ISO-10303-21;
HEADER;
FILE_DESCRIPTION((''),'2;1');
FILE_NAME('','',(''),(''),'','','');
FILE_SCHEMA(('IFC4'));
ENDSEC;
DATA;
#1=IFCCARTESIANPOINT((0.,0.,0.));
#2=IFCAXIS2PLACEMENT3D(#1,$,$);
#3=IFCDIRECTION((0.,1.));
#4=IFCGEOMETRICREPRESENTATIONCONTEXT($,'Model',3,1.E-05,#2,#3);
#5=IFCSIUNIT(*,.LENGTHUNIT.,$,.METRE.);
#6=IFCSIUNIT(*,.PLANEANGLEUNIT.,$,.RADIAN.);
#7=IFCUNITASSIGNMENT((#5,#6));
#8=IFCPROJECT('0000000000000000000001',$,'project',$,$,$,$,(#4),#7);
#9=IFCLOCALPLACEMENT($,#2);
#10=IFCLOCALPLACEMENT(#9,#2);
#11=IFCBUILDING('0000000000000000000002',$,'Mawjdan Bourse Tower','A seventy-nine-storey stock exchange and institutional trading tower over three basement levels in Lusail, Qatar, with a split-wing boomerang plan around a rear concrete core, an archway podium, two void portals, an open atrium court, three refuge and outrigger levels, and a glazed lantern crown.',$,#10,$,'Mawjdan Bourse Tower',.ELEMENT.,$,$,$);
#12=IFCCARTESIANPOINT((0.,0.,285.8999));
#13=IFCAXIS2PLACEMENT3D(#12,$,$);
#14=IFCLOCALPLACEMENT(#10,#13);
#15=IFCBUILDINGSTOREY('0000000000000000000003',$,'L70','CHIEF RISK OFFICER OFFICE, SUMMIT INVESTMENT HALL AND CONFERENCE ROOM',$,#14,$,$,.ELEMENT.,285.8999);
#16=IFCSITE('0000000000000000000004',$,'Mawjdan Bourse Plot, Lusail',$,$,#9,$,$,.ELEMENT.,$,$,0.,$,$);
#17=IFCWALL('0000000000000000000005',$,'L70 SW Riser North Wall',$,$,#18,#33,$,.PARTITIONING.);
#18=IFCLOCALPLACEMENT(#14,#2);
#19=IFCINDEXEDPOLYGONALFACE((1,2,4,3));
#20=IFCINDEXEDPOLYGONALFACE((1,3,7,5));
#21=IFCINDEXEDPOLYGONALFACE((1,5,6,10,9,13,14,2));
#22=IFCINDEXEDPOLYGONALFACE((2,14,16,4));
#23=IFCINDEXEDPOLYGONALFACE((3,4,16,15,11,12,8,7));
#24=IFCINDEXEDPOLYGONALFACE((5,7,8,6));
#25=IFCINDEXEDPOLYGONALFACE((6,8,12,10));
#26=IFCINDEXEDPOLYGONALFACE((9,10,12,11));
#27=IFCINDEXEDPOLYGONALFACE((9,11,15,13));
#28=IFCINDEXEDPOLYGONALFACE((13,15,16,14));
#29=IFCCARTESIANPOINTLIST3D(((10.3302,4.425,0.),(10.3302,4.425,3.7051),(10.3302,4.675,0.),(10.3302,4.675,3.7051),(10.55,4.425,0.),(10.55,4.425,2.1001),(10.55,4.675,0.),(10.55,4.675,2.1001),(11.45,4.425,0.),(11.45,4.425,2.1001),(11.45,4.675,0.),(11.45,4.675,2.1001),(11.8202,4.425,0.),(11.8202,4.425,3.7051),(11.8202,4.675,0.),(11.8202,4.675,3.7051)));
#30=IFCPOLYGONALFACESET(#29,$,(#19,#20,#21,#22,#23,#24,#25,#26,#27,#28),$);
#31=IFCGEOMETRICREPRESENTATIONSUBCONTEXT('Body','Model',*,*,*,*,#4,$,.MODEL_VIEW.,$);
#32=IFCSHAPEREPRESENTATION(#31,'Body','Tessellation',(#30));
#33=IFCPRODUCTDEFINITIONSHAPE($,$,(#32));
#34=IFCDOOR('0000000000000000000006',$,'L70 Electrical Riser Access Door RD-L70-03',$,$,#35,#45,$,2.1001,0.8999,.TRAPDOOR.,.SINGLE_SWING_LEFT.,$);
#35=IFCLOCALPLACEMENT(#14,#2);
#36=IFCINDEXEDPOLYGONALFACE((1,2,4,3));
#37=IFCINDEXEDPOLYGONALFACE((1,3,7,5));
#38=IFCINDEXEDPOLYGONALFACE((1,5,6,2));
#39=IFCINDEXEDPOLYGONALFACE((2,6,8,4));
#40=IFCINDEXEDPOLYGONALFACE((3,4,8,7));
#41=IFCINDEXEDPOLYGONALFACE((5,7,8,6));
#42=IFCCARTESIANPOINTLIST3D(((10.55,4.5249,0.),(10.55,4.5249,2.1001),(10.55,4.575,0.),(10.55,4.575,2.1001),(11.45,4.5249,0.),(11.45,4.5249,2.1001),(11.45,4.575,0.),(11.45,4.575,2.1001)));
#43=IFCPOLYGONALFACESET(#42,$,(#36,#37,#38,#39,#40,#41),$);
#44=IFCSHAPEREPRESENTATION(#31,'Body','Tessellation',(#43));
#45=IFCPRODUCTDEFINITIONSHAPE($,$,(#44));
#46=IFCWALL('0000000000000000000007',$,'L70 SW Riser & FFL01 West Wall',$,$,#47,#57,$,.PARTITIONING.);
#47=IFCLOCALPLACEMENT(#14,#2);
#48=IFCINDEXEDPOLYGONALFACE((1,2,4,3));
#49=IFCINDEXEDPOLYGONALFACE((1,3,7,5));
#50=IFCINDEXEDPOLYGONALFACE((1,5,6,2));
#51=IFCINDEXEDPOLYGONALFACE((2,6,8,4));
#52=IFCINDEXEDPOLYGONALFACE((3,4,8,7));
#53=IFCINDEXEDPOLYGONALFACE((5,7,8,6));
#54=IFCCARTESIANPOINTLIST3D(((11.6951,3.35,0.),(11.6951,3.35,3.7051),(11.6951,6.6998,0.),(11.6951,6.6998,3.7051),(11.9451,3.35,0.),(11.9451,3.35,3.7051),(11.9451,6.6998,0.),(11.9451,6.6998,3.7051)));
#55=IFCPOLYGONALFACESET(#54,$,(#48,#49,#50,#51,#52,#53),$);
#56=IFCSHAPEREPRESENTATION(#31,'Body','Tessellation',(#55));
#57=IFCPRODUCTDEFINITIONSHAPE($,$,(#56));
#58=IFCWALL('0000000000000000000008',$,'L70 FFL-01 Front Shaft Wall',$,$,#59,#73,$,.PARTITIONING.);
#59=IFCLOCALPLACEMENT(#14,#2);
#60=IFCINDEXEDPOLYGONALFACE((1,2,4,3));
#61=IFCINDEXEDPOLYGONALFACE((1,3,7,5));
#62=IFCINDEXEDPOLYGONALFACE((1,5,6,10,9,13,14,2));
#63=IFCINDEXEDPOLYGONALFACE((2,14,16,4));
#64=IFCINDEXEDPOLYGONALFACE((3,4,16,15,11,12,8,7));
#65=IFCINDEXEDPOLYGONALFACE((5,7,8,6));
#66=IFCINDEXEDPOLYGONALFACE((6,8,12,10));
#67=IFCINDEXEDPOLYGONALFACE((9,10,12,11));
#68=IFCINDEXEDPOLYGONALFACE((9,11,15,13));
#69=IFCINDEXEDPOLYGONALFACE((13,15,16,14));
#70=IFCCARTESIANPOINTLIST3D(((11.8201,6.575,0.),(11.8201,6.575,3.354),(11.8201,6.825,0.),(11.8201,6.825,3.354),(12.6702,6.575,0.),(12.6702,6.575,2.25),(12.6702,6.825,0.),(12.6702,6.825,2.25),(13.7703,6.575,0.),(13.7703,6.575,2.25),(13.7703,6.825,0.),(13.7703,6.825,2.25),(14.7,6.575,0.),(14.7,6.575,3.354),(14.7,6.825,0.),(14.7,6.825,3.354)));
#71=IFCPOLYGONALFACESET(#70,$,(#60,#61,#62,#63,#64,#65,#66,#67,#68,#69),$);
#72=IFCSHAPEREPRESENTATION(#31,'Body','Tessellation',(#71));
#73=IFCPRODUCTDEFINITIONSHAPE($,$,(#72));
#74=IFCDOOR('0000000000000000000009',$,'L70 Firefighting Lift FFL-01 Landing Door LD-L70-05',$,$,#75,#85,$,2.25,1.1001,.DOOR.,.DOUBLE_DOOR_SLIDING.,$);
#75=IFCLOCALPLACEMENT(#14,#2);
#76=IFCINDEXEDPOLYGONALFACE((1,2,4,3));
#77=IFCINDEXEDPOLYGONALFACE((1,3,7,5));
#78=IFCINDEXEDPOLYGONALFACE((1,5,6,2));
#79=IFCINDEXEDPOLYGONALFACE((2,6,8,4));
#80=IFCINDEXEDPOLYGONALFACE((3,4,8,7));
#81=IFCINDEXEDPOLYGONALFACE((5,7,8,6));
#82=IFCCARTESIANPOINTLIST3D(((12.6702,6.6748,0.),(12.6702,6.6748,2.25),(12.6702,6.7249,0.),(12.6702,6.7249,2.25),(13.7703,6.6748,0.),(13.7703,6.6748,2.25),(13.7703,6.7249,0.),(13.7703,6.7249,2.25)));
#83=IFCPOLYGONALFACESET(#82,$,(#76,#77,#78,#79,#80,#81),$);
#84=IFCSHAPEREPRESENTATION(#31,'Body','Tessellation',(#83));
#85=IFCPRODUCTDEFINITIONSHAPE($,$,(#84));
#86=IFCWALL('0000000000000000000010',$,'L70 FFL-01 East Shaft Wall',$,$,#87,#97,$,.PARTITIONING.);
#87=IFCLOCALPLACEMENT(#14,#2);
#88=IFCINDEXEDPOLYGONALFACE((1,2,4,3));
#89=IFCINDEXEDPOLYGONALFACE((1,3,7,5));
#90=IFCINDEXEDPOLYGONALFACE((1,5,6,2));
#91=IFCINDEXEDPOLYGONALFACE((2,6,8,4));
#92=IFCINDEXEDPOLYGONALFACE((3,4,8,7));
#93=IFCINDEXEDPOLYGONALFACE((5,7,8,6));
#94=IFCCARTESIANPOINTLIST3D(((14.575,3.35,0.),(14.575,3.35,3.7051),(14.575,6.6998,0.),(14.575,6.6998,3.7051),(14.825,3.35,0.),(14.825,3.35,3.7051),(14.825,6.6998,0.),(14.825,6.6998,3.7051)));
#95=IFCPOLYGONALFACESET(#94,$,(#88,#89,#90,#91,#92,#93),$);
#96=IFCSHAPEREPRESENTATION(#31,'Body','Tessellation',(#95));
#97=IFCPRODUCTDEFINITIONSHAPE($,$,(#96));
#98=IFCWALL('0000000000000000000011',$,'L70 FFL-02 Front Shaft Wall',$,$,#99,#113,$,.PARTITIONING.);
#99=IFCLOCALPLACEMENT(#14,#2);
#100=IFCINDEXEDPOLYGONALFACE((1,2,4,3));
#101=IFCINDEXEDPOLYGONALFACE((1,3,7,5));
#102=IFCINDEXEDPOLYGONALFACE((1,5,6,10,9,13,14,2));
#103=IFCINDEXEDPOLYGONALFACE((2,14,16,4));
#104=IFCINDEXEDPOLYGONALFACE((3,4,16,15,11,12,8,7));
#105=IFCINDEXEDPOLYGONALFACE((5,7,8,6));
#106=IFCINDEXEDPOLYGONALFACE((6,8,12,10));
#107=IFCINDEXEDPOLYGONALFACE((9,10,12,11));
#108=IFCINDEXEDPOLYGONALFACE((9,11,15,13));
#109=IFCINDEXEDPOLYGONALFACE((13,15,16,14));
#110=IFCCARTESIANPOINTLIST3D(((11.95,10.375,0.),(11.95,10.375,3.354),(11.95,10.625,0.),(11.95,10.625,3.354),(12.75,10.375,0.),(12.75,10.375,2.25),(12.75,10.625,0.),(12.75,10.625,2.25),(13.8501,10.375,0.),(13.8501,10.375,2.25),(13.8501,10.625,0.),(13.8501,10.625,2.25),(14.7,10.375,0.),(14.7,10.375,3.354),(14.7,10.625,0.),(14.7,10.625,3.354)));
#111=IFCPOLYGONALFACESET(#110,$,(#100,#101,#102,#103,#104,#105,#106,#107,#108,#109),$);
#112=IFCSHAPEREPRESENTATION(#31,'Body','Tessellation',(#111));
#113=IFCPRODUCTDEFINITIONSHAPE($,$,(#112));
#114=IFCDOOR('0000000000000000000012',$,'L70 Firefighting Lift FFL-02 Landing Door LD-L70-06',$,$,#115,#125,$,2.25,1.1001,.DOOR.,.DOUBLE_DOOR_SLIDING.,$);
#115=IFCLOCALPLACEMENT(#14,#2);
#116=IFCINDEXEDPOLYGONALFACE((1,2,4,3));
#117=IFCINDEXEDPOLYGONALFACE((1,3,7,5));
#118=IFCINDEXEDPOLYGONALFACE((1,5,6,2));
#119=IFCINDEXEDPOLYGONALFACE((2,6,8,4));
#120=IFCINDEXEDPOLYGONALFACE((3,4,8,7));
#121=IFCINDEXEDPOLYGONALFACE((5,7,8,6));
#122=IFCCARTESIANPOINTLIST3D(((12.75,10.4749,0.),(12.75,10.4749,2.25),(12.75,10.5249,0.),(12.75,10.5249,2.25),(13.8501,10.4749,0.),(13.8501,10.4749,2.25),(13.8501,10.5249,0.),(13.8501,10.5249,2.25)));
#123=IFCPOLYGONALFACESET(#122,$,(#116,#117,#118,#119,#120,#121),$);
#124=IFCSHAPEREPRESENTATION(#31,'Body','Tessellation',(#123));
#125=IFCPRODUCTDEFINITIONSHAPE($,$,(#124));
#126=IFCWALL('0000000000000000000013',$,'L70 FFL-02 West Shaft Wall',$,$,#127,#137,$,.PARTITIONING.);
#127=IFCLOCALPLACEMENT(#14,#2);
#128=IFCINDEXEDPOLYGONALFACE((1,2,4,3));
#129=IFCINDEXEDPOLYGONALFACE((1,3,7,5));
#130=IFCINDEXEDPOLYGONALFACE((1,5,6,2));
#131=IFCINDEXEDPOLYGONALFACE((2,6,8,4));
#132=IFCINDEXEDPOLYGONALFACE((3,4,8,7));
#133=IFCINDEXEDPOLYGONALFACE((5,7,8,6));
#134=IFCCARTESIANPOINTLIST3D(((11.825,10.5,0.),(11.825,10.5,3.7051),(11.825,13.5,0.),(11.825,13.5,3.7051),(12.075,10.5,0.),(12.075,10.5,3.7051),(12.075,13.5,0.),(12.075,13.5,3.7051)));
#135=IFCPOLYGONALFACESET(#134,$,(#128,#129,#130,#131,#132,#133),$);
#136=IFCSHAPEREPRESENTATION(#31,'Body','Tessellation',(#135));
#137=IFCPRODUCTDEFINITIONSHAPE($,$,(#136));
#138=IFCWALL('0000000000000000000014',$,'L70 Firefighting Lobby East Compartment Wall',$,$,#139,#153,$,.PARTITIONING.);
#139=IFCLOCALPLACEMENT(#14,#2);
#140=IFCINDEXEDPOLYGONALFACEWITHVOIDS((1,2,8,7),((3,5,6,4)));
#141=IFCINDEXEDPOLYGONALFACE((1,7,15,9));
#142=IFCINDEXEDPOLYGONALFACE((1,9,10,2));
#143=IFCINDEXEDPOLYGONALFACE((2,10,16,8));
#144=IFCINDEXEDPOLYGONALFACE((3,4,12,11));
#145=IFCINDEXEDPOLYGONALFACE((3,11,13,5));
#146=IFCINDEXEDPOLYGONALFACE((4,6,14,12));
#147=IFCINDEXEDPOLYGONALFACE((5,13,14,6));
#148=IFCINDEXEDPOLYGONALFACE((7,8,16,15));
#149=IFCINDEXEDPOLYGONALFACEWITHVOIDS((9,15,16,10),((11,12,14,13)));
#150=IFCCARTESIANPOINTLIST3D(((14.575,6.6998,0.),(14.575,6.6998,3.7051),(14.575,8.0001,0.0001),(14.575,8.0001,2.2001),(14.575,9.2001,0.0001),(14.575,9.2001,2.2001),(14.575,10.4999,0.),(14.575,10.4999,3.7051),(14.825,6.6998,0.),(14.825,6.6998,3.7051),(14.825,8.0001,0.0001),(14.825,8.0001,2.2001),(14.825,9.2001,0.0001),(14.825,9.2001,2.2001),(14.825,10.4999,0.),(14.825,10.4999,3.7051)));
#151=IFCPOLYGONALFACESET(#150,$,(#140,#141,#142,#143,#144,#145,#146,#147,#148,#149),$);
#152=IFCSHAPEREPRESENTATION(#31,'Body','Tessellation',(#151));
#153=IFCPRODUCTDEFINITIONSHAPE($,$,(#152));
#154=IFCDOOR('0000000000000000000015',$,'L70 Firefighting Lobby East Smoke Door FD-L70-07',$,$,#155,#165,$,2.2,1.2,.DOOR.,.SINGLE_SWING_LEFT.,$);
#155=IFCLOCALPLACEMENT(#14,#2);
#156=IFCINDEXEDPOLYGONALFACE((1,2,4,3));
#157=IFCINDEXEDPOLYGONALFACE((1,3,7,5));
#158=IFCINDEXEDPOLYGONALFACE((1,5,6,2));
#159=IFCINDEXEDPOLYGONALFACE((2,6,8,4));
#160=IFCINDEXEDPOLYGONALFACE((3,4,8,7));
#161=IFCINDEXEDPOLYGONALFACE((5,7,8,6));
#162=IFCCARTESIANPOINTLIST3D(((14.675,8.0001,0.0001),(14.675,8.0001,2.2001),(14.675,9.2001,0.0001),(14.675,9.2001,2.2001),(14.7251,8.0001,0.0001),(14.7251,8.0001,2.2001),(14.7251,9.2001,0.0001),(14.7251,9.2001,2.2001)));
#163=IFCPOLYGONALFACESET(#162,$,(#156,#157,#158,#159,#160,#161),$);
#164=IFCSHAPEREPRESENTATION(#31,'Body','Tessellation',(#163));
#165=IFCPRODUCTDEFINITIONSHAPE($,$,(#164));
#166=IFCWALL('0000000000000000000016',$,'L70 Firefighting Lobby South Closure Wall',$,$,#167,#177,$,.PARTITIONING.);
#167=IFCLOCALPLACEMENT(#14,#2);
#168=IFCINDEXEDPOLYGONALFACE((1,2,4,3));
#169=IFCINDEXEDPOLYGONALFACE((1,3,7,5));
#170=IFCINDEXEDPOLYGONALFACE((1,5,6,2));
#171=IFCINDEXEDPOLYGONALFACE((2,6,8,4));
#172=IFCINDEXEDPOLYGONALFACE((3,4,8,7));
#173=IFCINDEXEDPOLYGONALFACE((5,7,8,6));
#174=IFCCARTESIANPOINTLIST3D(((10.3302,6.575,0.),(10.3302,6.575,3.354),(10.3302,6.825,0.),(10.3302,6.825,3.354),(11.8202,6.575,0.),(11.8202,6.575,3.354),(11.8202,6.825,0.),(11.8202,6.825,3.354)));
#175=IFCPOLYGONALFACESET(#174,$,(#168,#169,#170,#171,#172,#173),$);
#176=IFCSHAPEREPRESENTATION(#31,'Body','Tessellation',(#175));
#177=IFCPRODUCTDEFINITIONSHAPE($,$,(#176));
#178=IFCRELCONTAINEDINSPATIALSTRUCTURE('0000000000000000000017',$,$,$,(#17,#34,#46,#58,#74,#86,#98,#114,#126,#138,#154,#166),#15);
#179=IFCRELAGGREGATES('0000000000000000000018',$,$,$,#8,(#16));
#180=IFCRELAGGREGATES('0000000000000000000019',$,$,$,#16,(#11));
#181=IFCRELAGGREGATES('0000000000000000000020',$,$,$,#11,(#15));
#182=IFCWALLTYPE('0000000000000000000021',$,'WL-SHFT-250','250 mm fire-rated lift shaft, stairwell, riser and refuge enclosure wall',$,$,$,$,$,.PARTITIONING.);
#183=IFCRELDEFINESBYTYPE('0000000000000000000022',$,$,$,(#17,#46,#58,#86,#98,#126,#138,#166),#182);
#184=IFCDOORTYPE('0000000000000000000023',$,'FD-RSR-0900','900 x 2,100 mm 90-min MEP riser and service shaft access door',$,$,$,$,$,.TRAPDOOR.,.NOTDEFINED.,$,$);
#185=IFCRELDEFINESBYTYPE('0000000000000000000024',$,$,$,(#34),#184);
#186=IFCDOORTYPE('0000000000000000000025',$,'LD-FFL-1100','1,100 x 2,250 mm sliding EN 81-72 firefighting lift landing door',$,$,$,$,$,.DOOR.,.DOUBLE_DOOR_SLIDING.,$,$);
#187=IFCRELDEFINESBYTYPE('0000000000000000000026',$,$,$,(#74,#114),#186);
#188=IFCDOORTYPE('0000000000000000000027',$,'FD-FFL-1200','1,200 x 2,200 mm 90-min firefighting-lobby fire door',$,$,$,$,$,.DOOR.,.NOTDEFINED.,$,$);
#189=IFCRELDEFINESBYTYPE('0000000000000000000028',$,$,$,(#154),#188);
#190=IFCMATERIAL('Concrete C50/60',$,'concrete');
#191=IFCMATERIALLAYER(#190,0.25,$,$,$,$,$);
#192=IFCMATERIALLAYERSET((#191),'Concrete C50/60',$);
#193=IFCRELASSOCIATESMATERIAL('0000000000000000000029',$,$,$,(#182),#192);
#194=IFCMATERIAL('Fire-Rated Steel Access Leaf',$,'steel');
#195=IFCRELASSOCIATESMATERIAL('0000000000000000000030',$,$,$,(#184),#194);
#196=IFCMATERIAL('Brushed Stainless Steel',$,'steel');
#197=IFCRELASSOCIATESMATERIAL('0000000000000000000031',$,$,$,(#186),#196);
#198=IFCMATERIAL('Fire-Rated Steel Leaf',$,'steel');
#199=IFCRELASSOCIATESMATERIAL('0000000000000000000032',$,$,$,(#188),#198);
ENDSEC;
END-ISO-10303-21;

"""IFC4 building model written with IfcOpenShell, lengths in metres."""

from ifc_helpers import new_model, si_unit, direction, frame, frame_2d, origin, place, context, subcontext, project, spatial, rectangle, extrude, material, layer, layer_set, type_object, element, fill, save


model = new_model("IFC4")

# Units and contexts
model_context = context("Model", 3, precision=1e-05, world=origin(), true_north=direction((0.0, 1.0)))
body_context = subcontext(model_context, "Body", "Model", "MODEL_VIEW")
ifc_project = project(units=[si_unit("LENGTHUNIT", "METRE"), si_unit("PLANEANGLEUNIT", "RADIAN")], contexts=[model_context])

# Site, building, storey
site_placement = place(None, origin())
site = spatial("IfcSite", under=ifc_project, at=site_placement, Name="Mawjdan Bourse Plot, Lusail", CompositionType="ELEMENT", RefElevation=0.0)
building_placement = place(site_placement, origin())
building = spatial("IfcBuilding", under=site, at=building_placement, Name="Mawjdan Bourse Tower", Description="A seventy-nine-storey stock exchange and institutional trading tower over three basement levels in Lusail, Qatar, with a split-wing boomerang plan around a rear concrete core, an archway podium, two void portals, an open atrium court, three refuge and outrigger levels, and a glazed lantern crown.", LongName="Mawjdan Bourse Tower", CompositionType="ELEMENT")
storey_placement = place(building_placement, frame((0.0, 0.0, 285.8999)))
storey = spatial("IfcBuildingStorey", under=building, at=storey_placement, Name="L70", Description="CHIEF RISK OFFICER OFFICE, SUMMIT INVESTMENT HALL AND CONFERENCE ROOM", CompositionType="ELEMENT", Elevation=285.8999)

# Wall, opening, door
ifc_material_1 = material(Name="Concrete C50/60", Category="concrete")
ifc_layer_1 = layer(ifc_material_1, 0.25)
ifc_layer_set_1 = layer_set([ifc_layer_1], Name="Concrete C50/60")
wall_type_1 = type_object("IfcWallType", Name="WL-SHFT-250", Description="250 mm fire-rated lift shaft, stairwell, riser and refuge enclosure wall", PredefinedType="PARTITIONING", material=ifc_layer_set_1)
wall_1_placement = place(storey_placement, frame((10.3301, 4.55, 0.0), z_axis=(0.0, 0.0, 1.0), x_axis=(1.0, 0.0, 0.0)))
wall_1 = element("IfcWall", 1, at=wall_1_placement, inside=storey, type_object=wall_type_1, Name="L70 SW Riser North Wall", PredefinedType="PARTITIONING", context=body_context, shape_type="SweptSolid", body=[
    extrude(rectangle(XDim=1.49, YDim=0.25, at=frame_2d((0.7451, 0.0))), origin(), (0.0, 0.0, 1.0), 3.7051),
])
opening_1_placement = place(wall_1_placement, frame((0.22, 0.0, 0.0)))
opening_1 = element("IfcOpeningElement", 2, at=opening_1_placement, cuts=wall_1, PredefinedType="OPENING", context=body_context, shape_type="SweptSolid", body=[
    extrude(rectangle(XDim=0.8999, YDim=2.1001, at=frame_2d((0.45, 1.05))), frame((0.0, 0.135, 0.0), z_axis=(0.0, -1.0, 0.0), x_axis=(1.0, 0.0, 0.0)), (0.0, 0.0, 1.0), 0.27),
])
ifc_material_2 = material(Name="Fire-Rated Steel Access Leaf", Category="steel")
door_type_1 = type_object("IfcDoorType", Name="FD-RSR-0900", Description="900 x 2,100 mm 90-min MEP riser and service shaft access door", OperationType="NOTDEFINED", PredefinedType="TRAPDOOR", material=ifc_material_2)
door_1_placement = place(opening_1_placement, origin())
door_1 = element("IfcDoor", 3, at=door_1_placement, inside=storey, type_object=door_type_1, Name="L70 Electrical Riser Access Door RD-L70-03", OperationType="SINGLE_SWING_LEFT", OverallHeight=2.1001, OverallWidth=0.8999, PredefinedType="TRAPDOOR", context=body_context, shape_type="SweptSolid", body=[
    extrude(rectangle(XDim=0.8999, YDim=2.1001, at=frame_2d((0.45, 1.05))), frame((0.0, 0.0249, 0.0), z_axis=(0.0, -1.0, 0.0), x_axis=(1.0, 0.0, 0.0)), (0.0, 0.0, 1.0), 0.05),
])
fill(opening_1, door_1)

# Wall
wall_2_placement = place(storey_placement, frame((11.8201, 3.3501, 0.0), z_axis=(0.0, 0.0, 1.0), x_axis=(0.0, 1.0, 0.0)))
element("IfcWall", 4, at=wall_2_placement, inside=storey, type_object=wall_type_1, Name="L70 SW Riser & FFL01 West Wall", PredefinedType="PARTITIONING", context=body_context, shape_type="SweptSolid", body=[
    extrude(rectangle(XDim=3.3499, YDim=0.25, at=frame_2d((1.6748, 0.0))), origin(), (0.0, 0.0, 1.0), 3.7051),
])

# Wall, opening, door
wall_3_placement = place(storey_placement, frame((11.8201, 6.7, 0.0), z_axis=(0.0, 0.0, 1.0), x_axis=(1.0, 0.0, 0.0)))
wall_3 = element("IfcWall", 5, at=wall_3_placement, inside=storey, type_object=wall_type_1, Name="L70 FFL-01 Front Shaft Wall", PredefinedType="PARTITIONING", context=body_context, shape_type="SweptSolid", body=[
    extrude(rectangle(XDim=2.8799, YDim=0.25, at=frame_2d((1.4399, 0.0))), origin(), (0.0, 0.0, 1.0), 3.354),
])
opening_2_placement = place(wall_3_placement, frame((0.8501, 0.0, 0.0)))
opening_2 = element("IfcOpeningElement", 6, at=opening_2_placement, cuts=wall_3, PredefinedType="OPENING", context=body_context, shape_type="SweptSolid", body=[
    extrude(rectangle(XDim=1.1001, YDim=2.25, at=frame_2d((0.55, 1.125))), frame((0.0, 0.135, 0.0), z_axis=(0.0, -1.0, 0.0), x_axis=(1.0, 0.0, 0.0)), (0.0, 0.0, 1.0), 0.27),
])
ifc_material_3 = material(Name="Brushed Stainless Steel", Category="steel")
door_type_2 = type_object("IfcDoorType", Name="LD-FFL-1100", Description="1,100 x 2,250 mm sliding EN 81-72 firefighting lift landing door", OperationType="DOUBLE_DOOR_SLIDING", PredefinedType="DOOR", material=ifc_material_3)
door_2_placement = place(opening_2_placement, origin())
door_2 = element("IfcDoor", 7, at=door_2_placement, inside=storey, type_object=door_type_2, Name="L70 Firefighting Lift FFL-01 Landing Door LD-L70-05", OperationType="DOUBLE_DOOR_SLIDING", OverallHeight=2.25, OverallWidth=1.1001, PredefinedType="DOOR", context=body_context, shape_type="SweptSolid", body=[
    extrude(rectangle(XDim=1.1001, YDim=2.25, at=frame_2d((0.55, 1.125))), frame((0.0, 0.0249, 0.0), z_axis=(0.0, -1.0, 0.0), x_axis=(1.0, 0.0, 0.0)), (0.0, 0.0, 1.0), 0.05),
])
fill(opening_2, door_2)

# Wall
wall_4_placement = place(storey_placement, frame((14.7, 3.3501, 0.0), z_axis=(0.0, 0.0, 1.0), x_axis=(0.0, 1.0, 0.0)))
element("IfcWall", 8, at=wall_4_placement, inside=storey, type_object=wall_type_1, Name="L70 FFL-01 East Shaft Wall", PredefinedType="PARTITIONING", context=body_context, shape_type="SweptSolid", body=[
    extrude(rectangle(XDim=3.3499, YDim=0.25, at=frame_2d((1.6748, 0.0))), origin(), (0.0, 0.0, 1.0), 3.7051),
])

# Wall, opening, door
wall_5_placement = place(storey_placement, frame((11.95, 10.5, 0.0), z_axis=(0.0, 0.0, 1.0), x_axis=(1.0, 0.0, 0.0)))
wall_5 = element("IfcWall", 9, at=wall_5_placement, inside=storey, type_object=wall_type_1, Name="L70 FFL-02 Front Shaft Wall", PredefinedType="PARTITIONING", context=body_context, shape_type="SweptSolid", body=[
    extrude(rectangle(XDim=2.75, YDim=0.25, at=frame_2d((1.375, 0.0))), origin(), (0.0, 0.0, 1.0), 3.354),
])
opening_3_placement = place(wall_5_placement, frame((0.8, 0.0, 0.0)))
opening_3 = element("IfcOpeningElement", 10, at=opening_3_placement, cuts=wall_5, PredefinedType="OPENING", context=body_context, shape_type="SweptSolid", body=[
    extrude(rectangle(XDim=1.1001, YDim=2.25, at=frame_2d((0.55, 1.125))), frame((0.0, 0.135, 0.0), z_axis=(0.0, -1.0, 0.0), x_axis=(1.0, 0.0, 0.0)), (0.0, 0.0, 1.0), 0.27),
])
door_3_placement = place(opening_3_placement, origin())
door_3 = element("IfcDoor", 11, at=door_3_placement, inside=storey, type_object=door_type_2, Name="L70 Firefighting Lift FFL-02 Landing Door LD-L70-06", OperationType="DOUBLE_DOOR_SLIDING", OverallHeight=2.25, OverallWidth=1.1001, PredefinedType="DOOR", context=body_context, shape_type="SweptSolid", body=[
    extrude(rectangle(XDim=1.1001, YDim=2.25, at=frame_2d((0.55, 1.125))), frame((0.0, 0.0249, 0.0), z_axis=(0.0, -1.0, 0.0), x_axis=(1.0, 0.0, 0.0)), (0.0, 0.0, 1.0), 0.05),
])
fill(opening_3, door_3)

# Wall
wall_6_placement = place(storey_placement, frame((11.95, 10.5, 0.0), z_axis=(0.0, 0.0, 1.0), x_axis=(0.0, 1.0, 0.0)))
element("IfcWall", 12, at=wall_6_placement, inside=storey, type_object=wall_type_1, Name="L70 FFL-02 West Shaft Wall", PredefinedType="PARTITIONING", context=body_context, shape_type="SweptSolid", body=[
    extrude(rectangle(XDim=3.0, YDim=0.25, at=frame_2d((1.5, 0.0))), origin(), (0.0, 0.0, 1.0), 3.7051),
])

# Wall, opening, door
wall_7_placement = place(storey_placement, frame((14.7, 6.7, 0.0), z_axis=(0.0, 0.0, 1.0), x_axis=(0.0, 1.0, 0.0)))
wall_7 = element("IfcWall", 13, at=wall_7_placement, inside=storey, type_object=wall_type_1, Name="L70 Firefighting Lobby East Compartment Wall", PredefinedType="PARTITIONING", context=body_context, shape_type="SweptSolid", body=[
    extrude(rectangle(XDim=3.8, YDim=0.25, at=frame_2d((1.8999, 0.0))), origin(), (0.0, 0.0, 1.0), 3.7051),
])
opening_4_placement = place(wall_7_placement, frame((1.3, 0.0, 0.0)))
opening_4 = element("IfcOpeningElement", 14, at=opening_4_placement, cuts=wall_7, PredefinedType="OPENING", context=body_context, shape_type="SweptSolid", body=[
    extrude(rectangle(XDim=1.2, YDim=2.2, at=frame_2d((0.6001, 1.1001))), frame((0.0, 0.135, 0.0), z_axis=(0.0, -1.0, 0.0), x_axis=(1.0, 0.0, 0.0)), (0.0, 0.0, 1.0), 0.27),
])
ifc_material_4 = material(Name="Fire-Rated Steel Leaf", Category="steel")
door_type_3 = type_object("IfcDoorType", Name="FD-FFL-1200", Description="1,200 x 2,200 mm 90-min firefighting-lobby fire door", OperationType="NOTDEFINED", PredefinedType="DOOR", material=ifc_material_4)
door_4_placement = place(opening_4_placement, origin())
door_4 = element("IfcDoor", 15, at=door_4_placement, inside=storey, type_object=door_type_3, Name="L70 Firefighting Lobby East Smoke Door FD-L70-07", OperationType="SINGLE_SWING_LEFT", OverallHeight=2.2, OverallWidth=1.2, PredefinedType="DOOR", context=body_context, shape_type="SweptSolid", body=[
    extrude(rectangle(XDim=1.2, YDim=2.2, at=frame_2d((0.6001, 1.1001))), frame((0.0, 0.0249, 0.0), z_axis=(0.0, -1.0, 0.0), x_axis=(1.0, 0.0, 0.0)), (0.0, 0.0, 1.0), 0.05),
])
fill(opening_4, door_4)

# Wall
wall_8_placement = place(storey_placement, frame((10.3301, 6.7, 0.0), z_axis=(0.0, 0.0, 1.0), x_axis=(1.0, 0.0, 0.0)))
element("IfcWall", 16, at=wall_8_placement, inside=storey, type_object=wall_type_1, Name="L70 Firefighting Lobby South Closure Wall", PredefinedType="PARTITIONING", context=body_context, shape_type="SweptSolid", body=[
    extrude(rectangle(XDim=1.49, YDim=0.25, at=frame_2d((0.7451, 0.0))), origin(), (0.0, 0.0, 1.0), 3.354),
])

save(model, "model.ifc")
